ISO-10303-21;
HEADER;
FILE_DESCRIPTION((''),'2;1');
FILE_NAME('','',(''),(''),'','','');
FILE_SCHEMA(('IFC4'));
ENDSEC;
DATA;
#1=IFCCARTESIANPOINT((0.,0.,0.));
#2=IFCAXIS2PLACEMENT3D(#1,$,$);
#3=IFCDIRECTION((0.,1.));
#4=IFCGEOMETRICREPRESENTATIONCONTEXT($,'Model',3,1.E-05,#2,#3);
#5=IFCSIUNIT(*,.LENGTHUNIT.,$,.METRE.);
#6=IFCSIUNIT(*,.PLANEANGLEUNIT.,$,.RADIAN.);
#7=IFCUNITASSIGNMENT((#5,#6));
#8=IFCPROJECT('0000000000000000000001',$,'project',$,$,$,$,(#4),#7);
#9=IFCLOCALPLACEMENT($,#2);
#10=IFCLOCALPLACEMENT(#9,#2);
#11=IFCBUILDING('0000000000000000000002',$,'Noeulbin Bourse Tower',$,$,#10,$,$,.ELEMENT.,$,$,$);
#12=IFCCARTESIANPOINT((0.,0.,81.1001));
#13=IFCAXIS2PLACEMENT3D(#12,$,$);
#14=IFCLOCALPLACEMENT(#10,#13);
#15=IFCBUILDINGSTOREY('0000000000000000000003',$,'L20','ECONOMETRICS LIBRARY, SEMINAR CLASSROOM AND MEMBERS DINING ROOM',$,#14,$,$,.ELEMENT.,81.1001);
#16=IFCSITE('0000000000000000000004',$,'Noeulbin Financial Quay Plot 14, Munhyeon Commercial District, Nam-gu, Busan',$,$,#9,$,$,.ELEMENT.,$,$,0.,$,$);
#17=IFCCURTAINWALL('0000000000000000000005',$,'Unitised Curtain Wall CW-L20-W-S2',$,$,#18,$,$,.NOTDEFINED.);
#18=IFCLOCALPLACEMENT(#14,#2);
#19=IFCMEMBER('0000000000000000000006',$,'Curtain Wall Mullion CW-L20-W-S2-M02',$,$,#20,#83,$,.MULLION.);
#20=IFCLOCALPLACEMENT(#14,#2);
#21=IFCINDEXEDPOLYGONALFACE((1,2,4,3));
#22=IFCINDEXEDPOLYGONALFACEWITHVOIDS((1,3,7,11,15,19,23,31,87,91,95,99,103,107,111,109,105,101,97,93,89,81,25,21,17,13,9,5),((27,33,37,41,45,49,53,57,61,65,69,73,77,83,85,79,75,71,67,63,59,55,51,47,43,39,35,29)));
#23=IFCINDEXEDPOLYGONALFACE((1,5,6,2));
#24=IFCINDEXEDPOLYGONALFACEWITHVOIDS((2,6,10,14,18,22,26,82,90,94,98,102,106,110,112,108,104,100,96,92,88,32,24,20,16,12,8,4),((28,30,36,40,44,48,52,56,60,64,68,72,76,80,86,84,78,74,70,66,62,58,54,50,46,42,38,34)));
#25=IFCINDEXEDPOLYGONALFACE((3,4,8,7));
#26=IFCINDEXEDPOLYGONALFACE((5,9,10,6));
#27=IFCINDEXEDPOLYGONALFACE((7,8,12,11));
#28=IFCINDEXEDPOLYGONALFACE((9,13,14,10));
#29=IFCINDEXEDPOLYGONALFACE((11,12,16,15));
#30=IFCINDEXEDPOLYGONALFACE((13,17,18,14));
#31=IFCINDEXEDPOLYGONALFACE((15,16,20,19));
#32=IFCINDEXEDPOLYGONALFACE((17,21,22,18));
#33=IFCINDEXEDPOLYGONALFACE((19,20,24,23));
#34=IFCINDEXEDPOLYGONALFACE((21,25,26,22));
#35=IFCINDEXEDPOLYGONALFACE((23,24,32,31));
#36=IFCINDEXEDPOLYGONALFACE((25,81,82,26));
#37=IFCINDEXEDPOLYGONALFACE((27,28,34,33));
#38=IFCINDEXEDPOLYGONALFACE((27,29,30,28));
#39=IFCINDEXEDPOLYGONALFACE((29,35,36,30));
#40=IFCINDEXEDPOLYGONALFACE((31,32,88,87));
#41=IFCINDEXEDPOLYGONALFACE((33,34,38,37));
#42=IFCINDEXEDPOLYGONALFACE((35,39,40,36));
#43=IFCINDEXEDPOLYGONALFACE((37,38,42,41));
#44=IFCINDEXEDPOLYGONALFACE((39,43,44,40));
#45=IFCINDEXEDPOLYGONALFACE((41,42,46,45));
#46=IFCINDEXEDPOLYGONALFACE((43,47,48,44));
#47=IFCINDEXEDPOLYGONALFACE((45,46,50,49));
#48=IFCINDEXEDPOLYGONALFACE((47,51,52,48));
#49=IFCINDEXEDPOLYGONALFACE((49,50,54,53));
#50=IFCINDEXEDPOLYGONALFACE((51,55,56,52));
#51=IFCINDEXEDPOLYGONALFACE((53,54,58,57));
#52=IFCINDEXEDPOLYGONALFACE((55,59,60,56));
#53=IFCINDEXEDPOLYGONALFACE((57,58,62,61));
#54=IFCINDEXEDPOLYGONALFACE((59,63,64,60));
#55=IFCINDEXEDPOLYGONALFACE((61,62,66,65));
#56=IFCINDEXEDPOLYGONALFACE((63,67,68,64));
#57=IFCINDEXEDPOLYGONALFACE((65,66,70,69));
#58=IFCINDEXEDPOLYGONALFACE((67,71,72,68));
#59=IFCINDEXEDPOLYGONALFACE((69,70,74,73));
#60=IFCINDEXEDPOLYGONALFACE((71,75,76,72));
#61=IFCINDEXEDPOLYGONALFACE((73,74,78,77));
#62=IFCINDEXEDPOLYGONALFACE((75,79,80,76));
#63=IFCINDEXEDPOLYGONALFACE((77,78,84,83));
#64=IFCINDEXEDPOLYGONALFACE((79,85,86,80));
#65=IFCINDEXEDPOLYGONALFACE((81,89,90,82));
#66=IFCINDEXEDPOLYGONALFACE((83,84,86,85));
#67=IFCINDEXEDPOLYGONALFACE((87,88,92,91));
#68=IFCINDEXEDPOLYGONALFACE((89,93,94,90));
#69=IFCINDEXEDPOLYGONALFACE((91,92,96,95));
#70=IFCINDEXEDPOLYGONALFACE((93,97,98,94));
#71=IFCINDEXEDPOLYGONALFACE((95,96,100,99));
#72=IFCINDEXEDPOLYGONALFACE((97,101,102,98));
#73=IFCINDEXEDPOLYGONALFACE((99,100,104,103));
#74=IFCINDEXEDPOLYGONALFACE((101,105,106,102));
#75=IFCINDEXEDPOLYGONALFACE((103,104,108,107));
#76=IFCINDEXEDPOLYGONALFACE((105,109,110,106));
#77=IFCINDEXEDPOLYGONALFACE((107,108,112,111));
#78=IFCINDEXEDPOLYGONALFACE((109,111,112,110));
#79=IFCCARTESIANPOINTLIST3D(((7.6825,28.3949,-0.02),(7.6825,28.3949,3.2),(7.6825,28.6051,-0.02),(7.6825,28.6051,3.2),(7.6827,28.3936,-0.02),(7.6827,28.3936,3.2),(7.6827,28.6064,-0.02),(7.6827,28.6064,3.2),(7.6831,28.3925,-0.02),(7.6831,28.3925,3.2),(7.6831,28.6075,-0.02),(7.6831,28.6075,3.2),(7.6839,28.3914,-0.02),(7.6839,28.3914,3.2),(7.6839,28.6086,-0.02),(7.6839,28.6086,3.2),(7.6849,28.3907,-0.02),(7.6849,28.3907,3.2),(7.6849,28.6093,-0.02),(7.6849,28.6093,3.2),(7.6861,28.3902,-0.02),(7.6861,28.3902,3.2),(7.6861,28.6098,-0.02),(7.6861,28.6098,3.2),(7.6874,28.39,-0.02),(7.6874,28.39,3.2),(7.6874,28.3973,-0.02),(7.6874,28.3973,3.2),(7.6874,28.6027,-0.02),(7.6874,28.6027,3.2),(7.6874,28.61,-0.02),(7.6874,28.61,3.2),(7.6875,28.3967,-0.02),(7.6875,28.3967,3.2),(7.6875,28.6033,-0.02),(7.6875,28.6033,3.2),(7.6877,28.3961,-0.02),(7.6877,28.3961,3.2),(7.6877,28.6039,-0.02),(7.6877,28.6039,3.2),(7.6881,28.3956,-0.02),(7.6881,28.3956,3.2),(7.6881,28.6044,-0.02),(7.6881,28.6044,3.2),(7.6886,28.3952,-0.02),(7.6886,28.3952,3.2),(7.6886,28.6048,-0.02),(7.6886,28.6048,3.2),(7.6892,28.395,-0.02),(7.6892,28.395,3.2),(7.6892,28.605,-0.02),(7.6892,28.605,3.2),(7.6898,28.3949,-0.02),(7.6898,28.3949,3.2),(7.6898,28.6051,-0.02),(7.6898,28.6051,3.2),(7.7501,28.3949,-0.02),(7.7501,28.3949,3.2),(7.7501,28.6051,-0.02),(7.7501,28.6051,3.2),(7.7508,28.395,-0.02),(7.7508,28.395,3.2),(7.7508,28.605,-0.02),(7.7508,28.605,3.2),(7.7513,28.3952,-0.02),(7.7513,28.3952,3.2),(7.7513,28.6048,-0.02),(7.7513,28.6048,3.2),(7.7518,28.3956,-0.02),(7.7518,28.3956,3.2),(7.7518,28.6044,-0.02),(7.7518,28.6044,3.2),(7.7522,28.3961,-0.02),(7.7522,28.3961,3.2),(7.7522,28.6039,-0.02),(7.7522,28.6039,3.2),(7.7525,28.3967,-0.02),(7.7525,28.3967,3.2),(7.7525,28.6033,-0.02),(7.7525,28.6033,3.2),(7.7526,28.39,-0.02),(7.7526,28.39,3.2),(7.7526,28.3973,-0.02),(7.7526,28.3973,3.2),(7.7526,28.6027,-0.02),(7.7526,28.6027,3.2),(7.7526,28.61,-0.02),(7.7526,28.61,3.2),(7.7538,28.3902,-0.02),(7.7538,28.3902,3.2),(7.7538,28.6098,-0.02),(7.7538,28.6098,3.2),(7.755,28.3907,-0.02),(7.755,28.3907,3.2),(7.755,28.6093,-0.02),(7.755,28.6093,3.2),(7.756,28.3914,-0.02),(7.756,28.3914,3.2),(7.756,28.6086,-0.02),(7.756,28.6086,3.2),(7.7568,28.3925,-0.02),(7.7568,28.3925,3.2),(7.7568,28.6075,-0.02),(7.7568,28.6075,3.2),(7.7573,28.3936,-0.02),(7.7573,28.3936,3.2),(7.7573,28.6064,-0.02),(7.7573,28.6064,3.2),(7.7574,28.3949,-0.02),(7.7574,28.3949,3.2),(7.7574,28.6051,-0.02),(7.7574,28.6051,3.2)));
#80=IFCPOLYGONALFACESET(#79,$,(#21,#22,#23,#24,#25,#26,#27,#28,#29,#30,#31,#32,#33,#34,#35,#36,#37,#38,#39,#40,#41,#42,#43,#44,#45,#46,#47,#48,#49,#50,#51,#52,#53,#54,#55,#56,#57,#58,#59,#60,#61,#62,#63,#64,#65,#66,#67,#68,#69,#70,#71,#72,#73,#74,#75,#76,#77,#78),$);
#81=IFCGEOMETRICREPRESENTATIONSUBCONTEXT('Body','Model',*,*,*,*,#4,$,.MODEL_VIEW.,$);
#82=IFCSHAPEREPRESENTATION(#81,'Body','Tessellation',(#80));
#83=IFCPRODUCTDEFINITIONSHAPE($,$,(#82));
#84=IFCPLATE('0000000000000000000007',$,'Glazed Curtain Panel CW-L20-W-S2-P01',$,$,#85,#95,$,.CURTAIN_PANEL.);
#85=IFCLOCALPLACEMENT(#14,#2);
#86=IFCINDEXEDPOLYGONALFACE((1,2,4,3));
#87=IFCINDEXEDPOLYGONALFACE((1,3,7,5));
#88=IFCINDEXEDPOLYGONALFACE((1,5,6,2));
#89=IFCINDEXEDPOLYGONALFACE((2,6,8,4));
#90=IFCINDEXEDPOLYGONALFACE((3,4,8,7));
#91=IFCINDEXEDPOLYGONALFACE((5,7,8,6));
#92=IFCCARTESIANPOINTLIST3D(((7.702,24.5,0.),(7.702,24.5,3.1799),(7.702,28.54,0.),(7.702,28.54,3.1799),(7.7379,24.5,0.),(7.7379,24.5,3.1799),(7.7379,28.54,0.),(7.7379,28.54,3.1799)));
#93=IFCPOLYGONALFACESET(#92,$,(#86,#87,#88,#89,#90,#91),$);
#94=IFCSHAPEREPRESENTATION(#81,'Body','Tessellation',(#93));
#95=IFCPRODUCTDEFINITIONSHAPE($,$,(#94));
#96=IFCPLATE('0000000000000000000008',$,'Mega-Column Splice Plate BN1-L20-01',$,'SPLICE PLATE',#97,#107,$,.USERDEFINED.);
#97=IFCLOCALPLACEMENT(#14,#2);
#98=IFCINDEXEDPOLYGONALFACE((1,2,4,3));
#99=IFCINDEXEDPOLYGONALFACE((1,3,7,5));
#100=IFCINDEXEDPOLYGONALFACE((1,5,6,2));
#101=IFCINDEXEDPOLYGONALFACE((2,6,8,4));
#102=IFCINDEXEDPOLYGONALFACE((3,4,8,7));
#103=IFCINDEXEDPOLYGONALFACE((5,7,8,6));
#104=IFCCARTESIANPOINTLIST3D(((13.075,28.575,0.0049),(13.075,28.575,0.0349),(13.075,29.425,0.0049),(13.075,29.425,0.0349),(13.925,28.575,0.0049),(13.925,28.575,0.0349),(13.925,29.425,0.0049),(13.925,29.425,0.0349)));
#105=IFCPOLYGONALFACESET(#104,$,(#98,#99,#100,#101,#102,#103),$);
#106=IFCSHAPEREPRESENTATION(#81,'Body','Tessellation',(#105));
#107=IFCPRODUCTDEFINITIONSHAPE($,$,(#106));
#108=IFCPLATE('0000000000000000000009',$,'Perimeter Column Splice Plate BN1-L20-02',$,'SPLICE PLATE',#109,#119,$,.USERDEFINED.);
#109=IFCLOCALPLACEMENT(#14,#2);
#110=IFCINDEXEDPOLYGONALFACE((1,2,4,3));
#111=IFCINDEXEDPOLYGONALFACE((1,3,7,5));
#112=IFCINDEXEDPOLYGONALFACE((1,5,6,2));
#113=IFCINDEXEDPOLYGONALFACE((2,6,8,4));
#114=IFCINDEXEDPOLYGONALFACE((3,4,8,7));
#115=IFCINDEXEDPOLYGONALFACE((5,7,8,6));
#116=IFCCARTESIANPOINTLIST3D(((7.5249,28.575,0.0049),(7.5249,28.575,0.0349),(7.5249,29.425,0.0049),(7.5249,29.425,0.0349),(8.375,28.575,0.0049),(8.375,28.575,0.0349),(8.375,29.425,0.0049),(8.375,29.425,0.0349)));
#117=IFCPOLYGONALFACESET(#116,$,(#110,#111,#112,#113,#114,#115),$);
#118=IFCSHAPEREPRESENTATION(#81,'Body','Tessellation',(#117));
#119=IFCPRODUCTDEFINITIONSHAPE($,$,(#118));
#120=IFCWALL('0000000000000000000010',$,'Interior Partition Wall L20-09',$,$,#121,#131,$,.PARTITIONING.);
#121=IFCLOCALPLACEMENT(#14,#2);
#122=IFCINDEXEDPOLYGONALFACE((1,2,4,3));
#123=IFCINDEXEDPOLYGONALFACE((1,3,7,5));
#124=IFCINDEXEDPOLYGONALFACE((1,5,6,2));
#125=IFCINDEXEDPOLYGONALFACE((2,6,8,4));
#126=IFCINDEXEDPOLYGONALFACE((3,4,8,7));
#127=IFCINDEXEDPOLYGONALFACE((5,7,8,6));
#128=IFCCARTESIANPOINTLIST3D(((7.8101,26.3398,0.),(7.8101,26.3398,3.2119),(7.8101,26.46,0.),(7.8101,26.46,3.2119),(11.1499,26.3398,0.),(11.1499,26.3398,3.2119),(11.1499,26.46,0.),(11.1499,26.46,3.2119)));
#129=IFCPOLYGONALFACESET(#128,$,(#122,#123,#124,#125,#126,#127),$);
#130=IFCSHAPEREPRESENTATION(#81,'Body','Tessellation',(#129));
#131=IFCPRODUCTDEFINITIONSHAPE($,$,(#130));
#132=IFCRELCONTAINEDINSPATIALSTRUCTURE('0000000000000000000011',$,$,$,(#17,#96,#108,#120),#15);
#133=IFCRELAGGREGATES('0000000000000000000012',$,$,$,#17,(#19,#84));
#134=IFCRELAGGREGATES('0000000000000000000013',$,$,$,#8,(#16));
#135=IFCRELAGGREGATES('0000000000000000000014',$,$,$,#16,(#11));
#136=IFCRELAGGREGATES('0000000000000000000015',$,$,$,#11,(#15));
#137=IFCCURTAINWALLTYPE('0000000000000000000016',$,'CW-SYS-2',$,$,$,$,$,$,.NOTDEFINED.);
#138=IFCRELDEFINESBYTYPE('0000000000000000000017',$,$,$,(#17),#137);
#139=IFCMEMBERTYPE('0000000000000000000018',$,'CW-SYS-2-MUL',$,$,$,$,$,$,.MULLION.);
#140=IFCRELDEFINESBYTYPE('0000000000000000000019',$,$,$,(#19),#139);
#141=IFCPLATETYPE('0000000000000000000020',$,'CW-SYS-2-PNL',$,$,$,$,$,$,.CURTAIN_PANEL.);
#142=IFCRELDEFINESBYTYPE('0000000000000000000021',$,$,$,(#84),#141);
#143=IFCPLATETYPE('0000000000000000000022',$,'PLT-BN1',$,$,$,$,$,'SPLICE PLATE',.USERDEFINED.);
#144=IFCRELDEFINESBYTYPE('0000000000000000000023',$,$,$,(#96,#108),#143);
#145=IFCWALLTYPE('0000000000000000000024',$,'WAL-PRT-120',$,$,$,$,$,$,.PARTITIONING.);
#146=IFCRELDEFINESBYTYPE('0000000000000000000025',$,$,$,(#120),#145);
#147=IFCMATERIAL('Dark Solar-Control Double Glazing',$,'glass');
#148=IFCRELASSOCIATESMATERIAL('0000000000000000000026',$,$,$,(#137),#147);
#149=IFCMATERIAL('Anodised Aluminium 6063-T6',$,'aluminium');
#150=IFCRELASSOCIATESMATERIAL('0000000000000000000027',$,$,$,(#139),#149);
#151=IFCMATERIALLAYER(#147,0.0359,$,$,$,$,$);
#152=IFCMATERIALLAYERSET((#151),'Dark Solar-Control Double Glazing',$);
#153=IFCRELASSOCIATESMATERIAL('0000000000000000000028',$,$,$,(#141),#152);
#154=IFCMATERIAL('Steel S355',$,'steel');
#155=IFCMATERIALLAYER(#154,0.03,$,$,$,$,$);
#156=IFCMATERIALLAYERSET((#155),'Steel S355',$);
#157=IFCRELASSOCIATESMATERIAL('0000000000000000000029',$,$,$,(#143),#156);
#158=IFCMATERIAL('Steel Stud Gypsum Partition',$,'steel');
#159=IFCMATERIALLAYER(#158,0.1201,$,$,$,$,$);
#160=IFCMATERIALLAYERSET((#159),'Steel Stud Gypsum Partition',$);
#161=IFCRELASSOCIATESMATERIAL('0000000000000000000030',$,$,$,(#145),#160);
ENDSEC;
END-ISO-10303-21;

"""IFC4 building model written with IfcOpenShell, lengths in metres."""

from ifc_helpers import new_model, si_unit, direction, frame, frame_2d, origin, origin_2d, place, context, subcontext, project, spatial, rectangle, hollow_rectangle, extrude, material, layer, layer_set, material_profile, profile_set, type_object, element, aggregate, save


model = new_model("IFC4")

# Units and contexts
model_context = context("Model", 3, precision=1e-05, world=origin(), true_north=direction((0.0, 1.0)))
body_context = subcontext(model_context, "Body", "Model", "MODEL_VIEW")
ifc_project = project(units=[si_unit("LENGTHUNIT", "METRE"), si_unit("PLANEANGLEUNIT", "RADIAN")], contexts=[model_context])

# Site, building, storey
site_placement = place(None, origin())
site = spatial("IfcSite", under=ifc_project, at=site_placement, Name="Noeulbin Financial Quay Plot 14, Munhyeon Commercial District, Nam-gu, Busan", CompositionType="ELEMENT", RefElevation=0.0)
building_placement = place(site_placement, origin())
building = spatial("IfcBuilding", under=site, at=building_placement, Name="Noeulbin Bourse Tower", CompositionType="ELEMENT")
storey_placement = place(building_placement, frame((0.0, 0.0, 81.1001)))
storey = spatial("IfcBuildingStorey", under=building, at=storey_placement, Name="L20", Description="ECONOMETRICS LIBRARY, SEMINAR CLASSROOM AND MEMBERS DINING ROOM", CompositionType="ELEMENT", Elevation=81.1001)

# Shared definitions
ifc_material_1 = material(Name="Steel S355", Category="steel")

# Curtain wall, member, plate
ifc_material_2 = material(Name="Dark Solar-Control Double Glazing", Category="glass")
curtain_wall_type = type_object("IfcCurtainWallType", Name="CW-SYS-2", PredefinedType="NOTDEFINED", material=ifc_material_2)
curtain_wall_placement = place(storey_placement, origin())
curtain_wall = element("IfcCurtainWall", 1, at=curtain_wall_placement, inside=storey, type_object=curtain_wall_type, Name="Unitised Curtain Wall CW-L20-W-S2", PredefinedType="NOTDEFINED")
ifc_material_3 = material(Name="Anodised Aluminium 6063-T6", Category="aluminium")
ifc_material_profile_1 = material_profile(ifc_material_3, hollow_rectangle(XDim=0.075, YDim=0.22, WallThickness=0.0049, InnerFilletRadius=0.0024, OuterFilletRadius=0.0049, at=origin_2d()), Name="ALU-MULL-75x220x5", Category="LoadBearing")
ifc_profile_set_1 = profile_set([ifc_material_profile_1], Name="Anodised Aluminium 6063-T6")
member_type = type_object("IfcMemberType", Name="CW-SYS-2-MUL", PredefinedType="MULLION", material=ifc_profile_set_1)
member_placement = place(storey_placement, frame((7.72, 28.5, -0.02), z_axis=(0.0, 0.0, 1.0), x_axis=(1.0, 0.0, 0.0)))
member = element("IfcMember", 2, at=member_placement, type_object=member_type, Name="Curtain Wall Mullion CW-L20-W-S2-M02", PredefinedType="MULLION", context=body_context, shape_type="SweptSolid", body=[
    extrude(hollow_rectangle(XDim=0.075, YDim=0.22, WallThickness=0.0049, InnerFilletRadius=0.0024, OuterFilletRadius=0.0049, at=origin_2d()), origin(), (0.0, 0.0, 1.0), 3.22),
])
ifc_layer_1 = layer(ifc_material_2, 0.0359)
ifc_layer_set_1 = layer_set([ifc_layer_1], Name="Dark Solar-Control Double Glazing")
plate_type_1 = type_object("IfcPlateType", Name="CW-SYS-2-PNL", PredefinedType="CURTAIN_PANEL", material=ifc_layer_set_1)
plate_placement = place(storey_placement, frame((7.72, 26.52, 0.0), z_axis=(0.0, 0.0, 1.0), x_axis=(0.0, 1.0, 0.0)))
plate = element("IfcPlate", 3, at=plate_placement, type_object=plate_type_1, Name="Glazed Curtain Panel CW-L20-W-S2-P01", PredefinedType="CURTAIN_PANEL", context=body_context, shape_type="SweptSolid", body=[
    extrude(rectangle(XDim=4.04, YDim=0.0359, at=origin_2d()), origin(), (0.0, 0.0, 1.0), 3.1799),
])
aggregate(curtain_wall, [member, plate])

# Plates
ifc_layer_2 = layer(ifc_material_1, 0.03)
ifc_layer_set_2 = layer_set([ifc_layer_2], Name="Steel S355")
plate_type_2 = type_object("IfcPlateType", Name="PLT-BN1", ElementType="SPLICE PLATE", PredefinedType="USERDEFINED", material=ifc_layer_set_2)
for number, where, z_axis, x_axis, name in (
    (4, (13.5, 29.0, 0.0049), (0.0, 0.0, 1.0), (1.0, 0.0, 0.0), "Mega-Column Splice Plate BN1-L20-01"),
    (5, (7.95, 29.0, 0.0049), (0.0, 0.0, 1.0), (1.0, 0.0, 0.0), "Perimeter Column Splice Plate BN1-L20-02"),
):
    element("IfcPlate", number, at=place(storey_placement, frame(where, z_axis=z_axis, x_axis=x_axis)), inside=storey, type_object=plate_type_2, Name=name, ObjectType="SPLICE PLATE", PredefinedType="USERDEFINED", context=body_context, shape_type="SweptSolid", body=[
        extrude(rectangle(XDim=0.8501, YDim=0.8501, at=origin_2d()), origin(), (0.0, 0.0, 1.0), 0.03),
    ])

# Wall
ifc_material_4 = material(Name="Steel Stud Gypsum Partition", Category="steel")
ifc_layer_3 = layer(ifc_material_4, 0.1201)
ifc_layer_set_3 = layer_set([ifc_layer_3], Name="Steel Stud Gypsum Partition")
wall_type_1 = type_object("IfcWallType", Name="WAL-PRT-120", PredefinedType="PARTITIONING", material=ifc_layer_set_3)
wall_1_placement = place(storey_placement, frame((7.8101, 26.3999, 0.0), z_axis=(0.0, 0.0, 1.0), x_axis=(1.0, 0.0, 0.0)))
element("IfcWall", 6, at=wall_1_placement, inside=storey, type_object=wall_type_1, Name="Interior Partition Wall L20-09", PredefinedType="PARTITIONING", context=body_context, shape_type="SweptSolid", body=[
    extrude(rectangle(XDim=3.3398, YDim=0.1201, at=frame_2d((1.6699, 0.0))), origin(), (0.0, 0.0, 1.0), 3.2119),
])

save(model, "model.ifc")
